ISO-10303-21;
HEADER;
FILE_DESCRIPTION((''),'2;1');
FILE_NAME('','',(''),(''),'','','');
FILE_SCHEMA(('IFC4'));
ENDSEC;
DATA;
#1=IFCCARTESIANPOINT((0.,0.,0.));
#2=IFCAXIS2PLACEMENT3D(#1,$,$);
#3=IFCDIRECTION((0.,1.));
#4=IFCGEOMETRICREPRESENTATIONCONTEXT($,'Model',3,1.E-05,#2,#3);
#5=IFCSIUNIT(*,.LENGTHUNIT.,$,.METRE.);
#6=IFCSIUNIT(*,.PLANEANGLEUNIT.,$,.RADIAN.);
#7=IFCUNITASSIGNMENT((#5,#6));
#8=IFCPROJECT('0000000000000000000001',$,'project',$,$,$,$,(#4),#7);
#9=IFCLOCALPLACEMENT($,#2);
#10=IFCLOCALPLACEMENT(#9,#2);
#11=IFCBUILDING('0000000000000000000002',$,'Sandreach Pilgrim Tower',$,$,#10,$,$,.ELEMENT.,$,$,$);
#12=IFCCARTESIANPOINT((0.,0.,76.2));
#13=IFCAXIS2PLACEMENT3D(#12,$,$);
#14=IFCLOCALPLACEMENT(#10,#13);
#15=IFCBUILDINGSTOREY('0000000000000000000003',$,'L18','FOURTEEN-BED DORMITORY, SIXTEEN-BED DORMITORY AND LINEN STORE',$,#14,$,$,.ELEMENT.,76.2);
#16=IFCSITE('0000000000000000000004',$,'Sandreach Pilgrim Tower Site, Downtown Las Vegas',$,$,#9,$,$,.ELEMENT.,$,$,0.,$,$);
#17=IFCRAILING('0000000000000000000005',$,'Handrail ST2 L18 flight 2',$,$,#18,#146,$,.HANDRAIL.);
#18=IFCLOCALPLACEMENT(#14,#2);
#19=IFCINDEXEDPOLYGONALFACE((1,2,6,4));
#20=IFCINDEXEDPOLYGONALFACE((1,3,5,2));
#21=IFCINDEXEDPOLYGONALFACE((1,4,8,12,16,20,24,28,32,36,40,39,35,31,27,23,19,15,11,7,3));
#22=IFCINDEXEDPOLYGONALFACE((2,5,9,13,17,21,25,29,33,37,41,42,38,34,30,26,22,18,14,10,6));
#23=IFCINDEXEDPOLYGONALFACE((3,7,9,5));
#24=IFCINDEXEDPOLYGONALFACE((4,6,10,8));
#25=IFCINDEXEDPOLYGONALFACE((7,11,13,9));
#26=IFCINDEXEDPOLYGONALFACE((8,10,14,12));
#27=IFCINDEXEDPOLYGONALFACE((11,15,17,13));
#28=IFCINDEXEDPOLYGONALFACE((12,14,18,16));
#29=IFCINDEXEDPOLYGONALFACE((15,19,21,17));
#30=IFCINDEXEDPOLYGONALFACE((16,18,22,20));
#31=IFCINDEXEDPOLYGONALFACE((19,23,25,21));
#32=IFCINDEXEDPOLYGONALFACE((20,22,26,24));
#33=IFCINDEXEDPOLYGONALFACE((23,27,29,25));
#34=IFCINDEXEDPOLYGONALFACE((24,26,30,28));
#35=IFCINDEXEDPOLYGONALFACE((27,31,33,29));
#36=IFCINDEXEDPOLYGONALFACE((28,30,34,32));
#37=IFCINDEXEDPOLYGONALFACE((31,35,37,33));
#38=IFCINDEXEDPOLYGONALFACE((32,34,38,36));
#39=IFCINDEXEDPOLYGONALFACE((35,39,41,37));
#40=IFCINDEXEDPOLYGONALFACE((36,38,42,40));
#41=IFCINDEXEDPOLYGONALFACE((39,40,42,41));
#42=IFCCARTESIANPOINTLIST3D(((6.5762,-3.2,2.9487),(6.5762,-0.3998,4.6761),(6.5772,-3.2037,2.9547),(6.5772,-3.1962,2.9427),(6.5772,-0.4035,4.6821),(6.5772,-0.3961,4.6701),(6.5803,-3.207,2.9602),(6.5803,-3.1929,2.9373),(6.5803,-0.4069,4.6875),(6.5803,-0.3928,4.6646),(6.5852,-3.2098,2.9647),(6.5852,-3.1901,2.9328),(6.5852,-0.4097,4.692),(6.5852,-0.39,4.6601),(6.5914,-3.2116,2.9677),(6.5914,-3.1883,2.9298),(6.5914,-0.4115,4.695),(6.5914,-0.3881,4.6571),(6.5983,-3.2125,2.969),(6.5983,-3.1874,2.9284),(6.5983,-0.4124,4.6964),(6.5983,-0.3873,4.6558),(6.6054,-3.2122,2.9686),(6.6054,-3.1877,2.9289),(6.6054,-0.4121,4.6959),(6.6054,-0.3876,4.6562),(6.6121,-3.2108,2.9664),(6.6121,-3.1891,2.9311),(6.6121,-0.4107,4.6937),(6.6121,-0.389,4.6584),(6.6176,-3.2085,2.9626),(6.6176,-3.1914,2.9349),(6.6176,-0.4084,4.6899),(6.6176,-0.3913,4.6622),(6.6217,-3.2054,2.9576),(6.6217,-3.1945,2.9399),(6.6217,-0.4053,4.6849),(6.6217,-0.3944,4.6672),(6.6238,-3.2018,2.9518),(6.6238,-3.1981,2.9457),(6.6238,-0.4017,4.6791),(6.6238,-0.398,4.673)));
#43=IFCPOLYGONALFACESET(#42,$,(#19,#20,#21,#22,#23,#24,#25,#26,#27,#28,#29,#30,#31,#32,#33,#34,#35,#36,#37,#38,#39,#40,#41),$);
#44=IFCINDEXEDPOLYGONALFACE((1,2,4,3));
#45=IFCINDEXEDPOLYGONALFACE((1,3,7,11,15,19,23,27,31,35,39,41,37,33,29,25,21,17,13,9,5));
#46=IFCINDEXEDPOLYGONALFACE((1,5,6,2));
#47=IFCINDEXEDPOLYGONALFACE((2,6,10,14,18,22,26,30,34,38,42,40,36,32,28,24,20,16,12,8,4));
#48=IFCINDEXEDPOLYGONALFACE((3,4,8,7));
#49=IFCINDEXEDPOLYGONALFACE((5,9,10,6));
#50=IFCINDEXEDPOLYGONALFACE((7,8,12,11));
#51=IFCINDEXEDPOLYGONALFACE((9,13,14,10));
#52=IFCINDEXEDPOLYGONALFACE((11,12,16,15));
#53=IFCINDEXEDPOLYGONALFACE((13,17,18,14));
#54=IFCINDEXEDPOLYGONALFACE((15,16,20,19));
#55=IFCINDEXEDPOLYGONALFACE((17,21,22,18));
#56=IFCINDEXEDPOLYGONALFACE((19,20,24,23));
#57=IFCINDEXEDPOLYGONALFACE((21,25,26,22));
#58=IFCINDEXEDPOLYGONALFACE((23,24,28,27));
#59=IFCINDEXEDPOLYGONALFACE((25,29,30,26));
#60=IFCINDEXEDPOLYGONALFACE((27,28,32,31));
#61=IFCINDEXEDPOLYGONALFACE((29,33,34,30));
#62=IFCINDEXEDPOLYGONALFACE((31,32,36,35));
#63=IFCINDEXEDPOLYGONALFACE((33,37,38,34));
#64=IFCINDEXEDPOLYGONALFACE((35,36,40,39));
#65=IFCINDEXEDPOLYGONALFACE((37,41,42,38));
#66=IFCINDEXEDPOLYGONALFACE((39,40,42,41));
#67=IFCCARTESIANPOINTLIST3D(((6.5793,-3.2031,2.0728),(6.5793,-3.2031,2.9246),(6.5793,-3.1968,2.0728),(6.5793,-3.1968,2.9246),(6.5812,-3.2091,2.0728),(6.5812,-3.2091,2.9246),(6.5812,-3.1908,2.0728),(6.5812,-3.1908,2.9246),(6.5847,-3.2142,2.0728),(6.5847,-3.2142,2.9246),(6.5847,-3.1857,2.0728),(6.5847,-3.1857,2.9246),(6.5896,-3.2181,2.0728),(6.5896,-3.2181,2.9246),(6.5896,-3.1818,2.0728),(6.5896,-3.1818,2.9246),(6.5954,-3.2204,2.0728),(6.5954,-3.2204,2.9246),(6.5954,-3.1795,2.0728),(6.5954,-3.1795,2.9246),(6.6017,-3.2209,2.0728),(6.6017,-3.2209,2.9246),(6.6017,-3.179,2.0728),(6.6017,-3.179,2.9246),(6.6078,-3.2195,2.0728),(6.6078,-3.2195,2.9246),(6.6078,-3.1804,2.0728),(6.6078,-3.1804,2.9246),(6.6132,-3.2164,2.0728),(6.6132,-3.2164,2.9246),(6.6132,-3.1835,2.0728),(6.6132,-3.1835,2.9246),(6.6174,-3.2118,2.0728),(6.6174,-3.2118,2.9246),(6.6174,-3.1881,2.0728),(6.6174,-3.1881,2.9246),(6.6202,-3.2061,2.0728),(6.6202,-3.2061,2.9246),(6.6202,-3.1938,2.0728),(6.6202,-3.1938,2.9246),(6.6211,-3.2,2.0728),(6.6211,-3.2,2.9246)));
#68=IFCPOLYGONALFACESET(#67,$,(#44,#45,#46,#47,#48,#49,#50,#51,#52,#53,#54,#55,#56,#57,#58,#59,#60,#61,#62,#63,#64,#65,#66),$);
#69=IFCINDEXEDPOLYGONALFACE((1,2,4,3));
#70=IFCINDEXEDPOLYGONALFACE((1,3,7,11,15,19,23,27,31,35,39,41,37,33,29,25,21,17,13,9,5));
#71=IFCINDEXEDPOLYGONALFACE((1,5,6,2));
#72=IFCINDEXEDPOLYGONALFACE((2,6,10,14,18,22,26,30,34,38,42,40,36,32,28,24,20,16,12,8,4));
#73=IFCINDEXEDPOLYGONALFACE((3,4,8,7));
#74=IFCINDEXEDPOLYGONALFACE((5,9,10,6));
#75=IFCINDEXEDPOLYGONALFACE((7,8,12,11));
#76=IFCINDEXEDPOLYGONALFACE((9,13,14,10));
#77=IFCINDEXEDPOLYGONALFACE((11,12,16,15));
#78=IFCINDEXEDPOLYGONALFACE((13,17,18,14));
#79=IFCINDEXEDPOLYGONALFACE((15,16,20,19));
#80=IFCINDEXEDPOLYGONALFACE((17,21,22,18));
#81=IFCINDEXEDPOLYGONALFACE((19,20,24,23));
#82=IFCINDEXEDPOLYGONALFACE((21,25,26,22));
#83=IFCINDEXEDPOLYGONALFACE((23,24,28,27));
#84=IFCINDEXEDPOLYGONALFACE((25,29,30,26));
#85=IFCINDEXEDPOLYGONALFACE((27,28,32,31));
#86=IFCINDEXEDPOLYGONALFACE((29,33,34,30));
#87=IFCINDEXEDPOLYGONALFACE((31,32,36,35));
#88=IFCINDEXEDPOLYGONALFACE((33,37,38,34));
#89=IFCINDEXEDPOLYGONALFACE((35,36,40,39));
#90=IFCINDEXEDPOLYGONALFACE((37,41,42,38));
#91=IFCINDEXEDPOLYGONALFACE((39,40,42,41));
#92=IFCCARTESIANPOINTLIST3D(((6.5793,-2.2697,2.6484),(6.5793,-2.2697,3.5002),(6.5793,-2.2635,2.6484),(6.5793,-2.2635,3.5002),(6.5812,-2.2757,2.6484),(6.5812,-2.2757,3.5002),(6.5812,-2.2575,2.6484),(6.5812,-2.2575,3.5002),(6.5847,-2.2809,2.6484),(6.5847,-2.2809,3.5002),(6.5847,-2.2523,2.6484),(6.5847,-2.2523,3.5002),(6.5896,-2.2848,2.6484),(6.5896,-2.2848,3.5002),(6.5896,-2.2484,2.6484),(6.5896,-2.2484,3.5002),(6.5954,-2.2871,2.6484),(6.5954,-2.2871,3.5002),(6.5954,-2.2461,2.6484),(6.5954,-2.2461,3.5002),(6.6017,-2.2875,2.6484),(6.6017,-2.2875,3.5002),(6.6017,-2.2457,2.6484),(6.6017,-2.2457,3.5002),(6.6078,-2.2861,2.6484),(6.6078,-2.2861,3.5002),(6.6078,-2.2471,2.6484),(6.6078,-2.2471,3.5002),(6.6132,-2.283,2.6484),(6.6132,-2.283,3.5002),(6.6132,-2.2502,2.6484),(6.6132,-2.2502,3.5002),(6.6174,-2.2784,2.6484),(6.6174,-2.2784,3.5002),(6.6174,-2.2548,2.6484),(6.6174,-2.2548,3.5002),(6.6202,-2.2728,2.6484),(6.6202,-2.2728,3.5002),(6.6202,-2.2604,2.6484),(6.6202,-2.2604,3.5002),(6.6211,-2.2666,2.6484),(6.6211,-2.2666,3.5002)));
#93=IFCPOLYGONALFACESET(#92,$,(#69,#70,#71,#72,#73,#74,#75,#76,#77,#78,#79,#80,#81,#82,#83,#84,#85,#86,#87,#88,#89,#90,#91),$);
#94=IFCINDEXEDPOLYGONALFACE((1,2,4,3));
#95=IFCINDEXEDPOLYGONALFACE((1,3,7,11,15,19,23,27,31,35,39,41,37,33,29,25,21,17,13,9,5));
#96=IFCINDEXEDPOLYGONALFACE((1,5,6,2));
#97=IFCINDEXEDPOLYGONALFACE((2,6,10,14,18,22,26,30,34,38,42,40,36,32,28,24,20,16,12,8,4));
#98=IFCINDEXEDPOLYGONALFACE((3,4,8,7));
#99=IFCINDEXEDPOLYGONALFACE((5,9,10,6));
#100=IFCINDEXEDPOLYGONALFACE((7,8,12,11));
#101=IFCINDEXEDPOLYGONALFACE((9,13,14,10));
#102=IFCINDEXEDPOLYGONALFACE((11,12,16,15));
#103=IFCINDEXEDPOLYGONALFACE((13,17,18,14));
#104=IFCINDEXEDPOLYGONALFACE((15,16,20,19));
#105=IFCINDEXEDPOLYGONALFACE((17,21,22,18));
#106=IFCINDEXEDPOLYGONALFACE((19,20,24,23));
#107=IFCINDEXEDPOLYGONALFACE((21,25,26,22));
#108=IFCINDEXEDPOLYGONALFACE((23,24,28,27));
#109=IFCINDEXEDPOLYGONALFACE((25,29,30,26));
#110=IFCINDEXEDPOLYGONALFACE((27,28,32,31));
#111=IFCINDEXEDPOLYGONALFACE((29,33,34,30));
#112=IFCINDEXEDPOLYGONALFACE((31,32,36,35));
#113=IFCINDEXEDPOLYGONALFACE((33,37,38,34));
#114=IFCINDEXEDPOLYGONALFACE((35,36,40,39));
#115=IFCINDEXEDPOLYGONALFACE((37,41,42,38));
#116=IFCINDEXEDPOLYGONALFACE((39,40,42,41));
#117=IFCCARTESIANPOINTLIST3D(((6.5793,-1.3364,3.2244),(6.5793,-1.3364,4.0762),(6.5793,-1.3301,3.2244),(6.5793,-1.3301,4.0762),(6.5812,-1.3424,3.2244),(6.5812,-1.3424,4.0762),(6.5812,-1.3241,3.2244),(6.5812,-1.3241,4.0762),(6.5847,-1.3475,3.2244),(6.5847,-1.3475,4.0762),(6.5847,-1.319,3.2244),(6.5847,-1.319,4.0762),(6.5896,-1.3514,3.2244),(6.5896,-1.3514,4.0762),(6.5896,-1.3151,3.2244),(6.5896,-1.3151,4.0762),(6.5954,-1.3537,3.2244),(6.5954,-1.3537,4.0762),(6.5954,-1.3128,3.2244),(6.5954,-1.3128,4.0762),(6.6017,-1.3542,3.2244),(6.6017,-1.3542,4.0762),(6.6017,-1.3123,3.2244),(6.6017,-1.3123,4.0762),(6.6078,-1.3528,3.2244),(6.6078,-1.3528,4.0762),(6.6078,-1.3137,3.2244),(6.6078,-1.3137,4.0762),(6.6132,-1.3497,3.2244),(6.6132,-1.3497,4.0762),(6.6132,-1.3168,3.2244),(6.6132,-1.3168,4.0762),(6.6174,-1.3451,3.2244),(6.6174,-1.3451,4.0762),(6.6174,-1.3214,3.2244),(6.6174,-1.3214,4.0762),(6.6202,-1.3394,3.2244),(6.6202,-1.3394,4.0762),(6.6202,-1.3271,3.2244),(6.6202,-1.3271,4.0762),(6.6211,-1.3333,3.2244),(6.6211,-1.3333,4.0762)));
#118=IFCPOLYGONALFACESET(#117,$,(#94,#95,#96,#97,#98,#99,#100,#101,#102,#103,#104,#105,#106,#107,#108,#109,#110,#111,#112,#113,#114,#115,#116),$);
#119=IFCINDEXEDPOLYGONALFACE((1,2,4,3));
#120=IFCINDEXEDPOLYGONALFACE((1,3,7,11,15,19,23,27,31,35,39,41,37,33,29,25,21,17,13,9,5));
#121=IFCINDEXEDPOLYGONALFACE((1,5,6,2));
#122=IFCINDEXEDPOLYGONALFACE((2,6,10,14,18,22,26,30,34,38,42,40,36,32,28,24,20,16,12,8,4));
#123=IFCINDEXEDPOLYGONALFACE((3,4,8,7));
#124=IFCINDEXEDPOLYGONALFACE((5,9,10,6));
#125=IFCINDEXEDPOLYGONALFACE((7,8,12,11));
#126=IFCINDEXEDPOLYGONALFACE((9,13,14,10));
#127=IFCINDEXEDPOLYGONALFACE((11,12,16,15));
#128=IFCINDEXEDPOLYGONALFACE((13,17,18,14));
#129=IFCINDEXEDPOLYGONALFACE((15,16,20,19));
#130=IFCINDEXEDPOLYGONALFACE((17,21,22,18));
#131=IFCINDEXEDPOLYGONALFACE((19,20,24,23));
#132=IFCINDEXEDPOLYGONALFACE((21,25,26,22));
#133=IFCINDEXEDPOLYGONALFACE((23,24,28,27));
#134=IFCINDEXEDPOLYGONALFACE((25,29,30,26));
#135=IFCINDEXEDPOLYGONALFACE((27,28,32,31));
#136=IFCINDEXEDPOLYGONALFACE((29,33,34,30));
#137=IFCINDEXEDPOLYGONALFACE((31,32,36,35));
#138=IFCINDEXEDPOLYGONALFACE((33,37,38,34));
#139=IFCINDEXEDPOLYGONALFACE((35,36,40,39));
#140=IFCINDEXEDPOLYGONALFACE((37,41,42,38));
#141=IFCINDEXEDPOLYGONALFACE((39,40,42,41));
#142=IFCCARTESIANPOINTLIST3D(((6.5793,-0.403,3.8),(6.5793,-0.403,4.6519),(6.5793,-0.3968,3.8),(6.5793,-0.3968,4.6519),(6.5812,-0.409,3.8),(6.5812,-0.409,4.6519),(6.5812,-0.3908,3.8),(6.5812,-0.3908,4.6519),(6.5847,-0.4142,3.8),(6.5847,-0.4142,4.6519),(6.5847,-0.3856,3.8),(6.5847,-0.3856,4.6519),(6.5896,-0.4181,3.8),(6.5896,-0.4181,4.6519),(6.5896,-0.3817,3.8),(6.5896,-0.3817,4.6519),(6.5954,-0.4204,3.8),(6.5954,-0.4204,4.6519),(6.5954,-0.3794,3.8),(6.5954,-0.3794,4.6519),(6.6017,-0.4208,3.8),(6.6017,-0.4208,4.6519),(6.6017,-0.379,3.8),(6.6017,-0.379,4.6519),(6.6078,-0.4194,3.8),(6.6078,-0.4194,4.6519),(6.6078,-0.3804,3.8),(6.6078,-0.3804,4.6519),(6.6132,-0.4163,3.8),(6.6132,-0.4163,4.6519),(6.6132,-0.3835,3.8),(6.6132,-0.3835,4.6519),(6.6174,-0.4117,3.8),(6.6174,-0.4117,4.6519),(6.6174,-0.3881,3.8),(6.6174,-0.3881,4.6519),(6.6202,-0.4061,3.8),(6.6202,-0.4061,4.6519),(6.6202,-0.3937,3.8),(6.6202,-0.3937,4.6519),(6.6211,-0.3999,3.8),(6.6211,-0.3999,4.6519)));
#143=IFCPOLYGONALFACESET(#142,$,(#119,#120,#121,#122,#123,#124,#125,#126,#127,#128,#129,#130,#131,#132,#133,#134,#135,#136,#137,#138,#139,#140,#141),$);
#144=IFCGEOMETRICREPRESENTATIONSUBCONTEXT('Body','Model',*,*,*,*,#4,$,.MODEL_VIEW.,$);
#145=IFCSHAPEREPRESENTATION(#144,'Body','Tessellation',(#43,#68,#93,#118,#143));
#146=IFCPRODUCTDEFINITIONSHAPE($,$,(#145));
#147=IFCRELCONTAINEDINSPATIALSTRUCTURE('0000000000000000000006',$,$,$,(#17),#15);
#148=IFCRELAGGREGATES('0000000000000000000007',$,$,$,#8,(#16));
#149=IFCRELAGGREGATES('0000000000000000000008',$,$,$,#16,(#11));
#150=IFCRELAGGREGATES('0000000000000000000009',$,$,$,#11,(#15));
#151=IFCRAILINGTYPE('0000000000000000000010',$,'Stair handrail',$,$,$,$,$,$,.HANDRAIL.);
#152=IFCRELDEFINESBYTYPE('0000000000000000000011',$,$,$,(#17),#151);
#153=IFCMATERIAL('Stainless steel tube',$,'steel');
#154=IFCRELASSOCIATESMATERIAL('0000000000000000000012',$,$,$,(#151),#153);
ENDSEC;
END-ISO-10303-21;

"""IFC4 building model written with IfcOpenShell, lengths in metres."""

from ifc_helpers import new_model, si_unit, direction, frame, origin, origin_2d, place, context, subcontext, project, spatial, circle, extrude, material, type_object, element, save


model = new_model("IFC4")

# Units and contexts
model_context = context("Model", 3, precision=1e-05, world=origin(), true_north=direction((0.0, 1.0)))
body_context = subcontext(model_context, "Body", "Model", "MODEL_VIEW")
ifc_project = project(units=[si_unit("LENGTHUNIT", "METRE"), si_unit("PLANEANGLEUNIT", "RADIAN")], contexts=[model_context])

# Site, building, storey
site_placement = place(None, origin())
site = spatial("IfcSite", under=ifc_project, at=site_placement, Name="Sandreach Pilgrim Tower Site, Downtown Las Vegas", CompositionType="ELEMENT", RefElevation=0.0)
building_placement = place(site_placement, origin())
building = spatial("IfcBuilding", under=site, at=building_placement, Name="Sandreach Pilgrim Tower", CompositionType="ELEMENT")
storey_placement = place(building_placement, frame((0.0, 0.0, 76.2)))
storey = spatial("IfcBuildingStorey", under=building, at=storey_placement, Name="L18", Description="FOURTEEN-BED DORMITORY, SIXTEEN-BED DORMITORY AND LINEN STORE", CompositionType="ELEMENT", Elevation=76.2)

# Railing
ifc_material_1 = material(Name="Stainless steel tube", Category="steel")
railing_type = type_object("IfcRailingType", Name="Stair handrail", PredefinedType="HANDRAIL", material=ifc_material_1)
for number, where, name in (
    (1, (6.6001, -3.2, 2.0728), "Handrail ST2 L18 flight 2"),
):
    element("IfcRailing", number, at=place(storey_placement, frame(where)), inside=storey, type_object=railing_type, Name=name, PredefinedType="HANDRAIL", context=body_context, shape_type="SweptSolid", body=[
        extrude(circle(Radius=0.0239, at=origin_2d()), frame((0.0, 0.0, 0.876), z_axis=(0.0, 0.85109, 0.52502), x_axis=(-1.0, 0.0, 0.0)), (0.0, 0.0, 1.0), 3.29),
        extrude(circle(Radius=0.021, at=origin_2d()), origin(), (0.0, 0.0, 1.0), 0.8518),
        extrude(circle(Radius=0.021, at=origin_2d()), frame((0.0, 0.9333, 0.5757)), (0.0, 0.0, 1.0), 0.8518),
        extrude(circle(Radius=0.021, at=origin_2d()), frame((0.0, 1.8667, 1.1516)), (0.0, 0.0, 1.0), 0.8518),
        extrude(circle(Radius=0.021, at=origin_2d()), frame((0.0, 2.8, 1.7273)), (0.0, 0.0, 1.0), 0.8518),
    ])

save(model, "model.ifc")
